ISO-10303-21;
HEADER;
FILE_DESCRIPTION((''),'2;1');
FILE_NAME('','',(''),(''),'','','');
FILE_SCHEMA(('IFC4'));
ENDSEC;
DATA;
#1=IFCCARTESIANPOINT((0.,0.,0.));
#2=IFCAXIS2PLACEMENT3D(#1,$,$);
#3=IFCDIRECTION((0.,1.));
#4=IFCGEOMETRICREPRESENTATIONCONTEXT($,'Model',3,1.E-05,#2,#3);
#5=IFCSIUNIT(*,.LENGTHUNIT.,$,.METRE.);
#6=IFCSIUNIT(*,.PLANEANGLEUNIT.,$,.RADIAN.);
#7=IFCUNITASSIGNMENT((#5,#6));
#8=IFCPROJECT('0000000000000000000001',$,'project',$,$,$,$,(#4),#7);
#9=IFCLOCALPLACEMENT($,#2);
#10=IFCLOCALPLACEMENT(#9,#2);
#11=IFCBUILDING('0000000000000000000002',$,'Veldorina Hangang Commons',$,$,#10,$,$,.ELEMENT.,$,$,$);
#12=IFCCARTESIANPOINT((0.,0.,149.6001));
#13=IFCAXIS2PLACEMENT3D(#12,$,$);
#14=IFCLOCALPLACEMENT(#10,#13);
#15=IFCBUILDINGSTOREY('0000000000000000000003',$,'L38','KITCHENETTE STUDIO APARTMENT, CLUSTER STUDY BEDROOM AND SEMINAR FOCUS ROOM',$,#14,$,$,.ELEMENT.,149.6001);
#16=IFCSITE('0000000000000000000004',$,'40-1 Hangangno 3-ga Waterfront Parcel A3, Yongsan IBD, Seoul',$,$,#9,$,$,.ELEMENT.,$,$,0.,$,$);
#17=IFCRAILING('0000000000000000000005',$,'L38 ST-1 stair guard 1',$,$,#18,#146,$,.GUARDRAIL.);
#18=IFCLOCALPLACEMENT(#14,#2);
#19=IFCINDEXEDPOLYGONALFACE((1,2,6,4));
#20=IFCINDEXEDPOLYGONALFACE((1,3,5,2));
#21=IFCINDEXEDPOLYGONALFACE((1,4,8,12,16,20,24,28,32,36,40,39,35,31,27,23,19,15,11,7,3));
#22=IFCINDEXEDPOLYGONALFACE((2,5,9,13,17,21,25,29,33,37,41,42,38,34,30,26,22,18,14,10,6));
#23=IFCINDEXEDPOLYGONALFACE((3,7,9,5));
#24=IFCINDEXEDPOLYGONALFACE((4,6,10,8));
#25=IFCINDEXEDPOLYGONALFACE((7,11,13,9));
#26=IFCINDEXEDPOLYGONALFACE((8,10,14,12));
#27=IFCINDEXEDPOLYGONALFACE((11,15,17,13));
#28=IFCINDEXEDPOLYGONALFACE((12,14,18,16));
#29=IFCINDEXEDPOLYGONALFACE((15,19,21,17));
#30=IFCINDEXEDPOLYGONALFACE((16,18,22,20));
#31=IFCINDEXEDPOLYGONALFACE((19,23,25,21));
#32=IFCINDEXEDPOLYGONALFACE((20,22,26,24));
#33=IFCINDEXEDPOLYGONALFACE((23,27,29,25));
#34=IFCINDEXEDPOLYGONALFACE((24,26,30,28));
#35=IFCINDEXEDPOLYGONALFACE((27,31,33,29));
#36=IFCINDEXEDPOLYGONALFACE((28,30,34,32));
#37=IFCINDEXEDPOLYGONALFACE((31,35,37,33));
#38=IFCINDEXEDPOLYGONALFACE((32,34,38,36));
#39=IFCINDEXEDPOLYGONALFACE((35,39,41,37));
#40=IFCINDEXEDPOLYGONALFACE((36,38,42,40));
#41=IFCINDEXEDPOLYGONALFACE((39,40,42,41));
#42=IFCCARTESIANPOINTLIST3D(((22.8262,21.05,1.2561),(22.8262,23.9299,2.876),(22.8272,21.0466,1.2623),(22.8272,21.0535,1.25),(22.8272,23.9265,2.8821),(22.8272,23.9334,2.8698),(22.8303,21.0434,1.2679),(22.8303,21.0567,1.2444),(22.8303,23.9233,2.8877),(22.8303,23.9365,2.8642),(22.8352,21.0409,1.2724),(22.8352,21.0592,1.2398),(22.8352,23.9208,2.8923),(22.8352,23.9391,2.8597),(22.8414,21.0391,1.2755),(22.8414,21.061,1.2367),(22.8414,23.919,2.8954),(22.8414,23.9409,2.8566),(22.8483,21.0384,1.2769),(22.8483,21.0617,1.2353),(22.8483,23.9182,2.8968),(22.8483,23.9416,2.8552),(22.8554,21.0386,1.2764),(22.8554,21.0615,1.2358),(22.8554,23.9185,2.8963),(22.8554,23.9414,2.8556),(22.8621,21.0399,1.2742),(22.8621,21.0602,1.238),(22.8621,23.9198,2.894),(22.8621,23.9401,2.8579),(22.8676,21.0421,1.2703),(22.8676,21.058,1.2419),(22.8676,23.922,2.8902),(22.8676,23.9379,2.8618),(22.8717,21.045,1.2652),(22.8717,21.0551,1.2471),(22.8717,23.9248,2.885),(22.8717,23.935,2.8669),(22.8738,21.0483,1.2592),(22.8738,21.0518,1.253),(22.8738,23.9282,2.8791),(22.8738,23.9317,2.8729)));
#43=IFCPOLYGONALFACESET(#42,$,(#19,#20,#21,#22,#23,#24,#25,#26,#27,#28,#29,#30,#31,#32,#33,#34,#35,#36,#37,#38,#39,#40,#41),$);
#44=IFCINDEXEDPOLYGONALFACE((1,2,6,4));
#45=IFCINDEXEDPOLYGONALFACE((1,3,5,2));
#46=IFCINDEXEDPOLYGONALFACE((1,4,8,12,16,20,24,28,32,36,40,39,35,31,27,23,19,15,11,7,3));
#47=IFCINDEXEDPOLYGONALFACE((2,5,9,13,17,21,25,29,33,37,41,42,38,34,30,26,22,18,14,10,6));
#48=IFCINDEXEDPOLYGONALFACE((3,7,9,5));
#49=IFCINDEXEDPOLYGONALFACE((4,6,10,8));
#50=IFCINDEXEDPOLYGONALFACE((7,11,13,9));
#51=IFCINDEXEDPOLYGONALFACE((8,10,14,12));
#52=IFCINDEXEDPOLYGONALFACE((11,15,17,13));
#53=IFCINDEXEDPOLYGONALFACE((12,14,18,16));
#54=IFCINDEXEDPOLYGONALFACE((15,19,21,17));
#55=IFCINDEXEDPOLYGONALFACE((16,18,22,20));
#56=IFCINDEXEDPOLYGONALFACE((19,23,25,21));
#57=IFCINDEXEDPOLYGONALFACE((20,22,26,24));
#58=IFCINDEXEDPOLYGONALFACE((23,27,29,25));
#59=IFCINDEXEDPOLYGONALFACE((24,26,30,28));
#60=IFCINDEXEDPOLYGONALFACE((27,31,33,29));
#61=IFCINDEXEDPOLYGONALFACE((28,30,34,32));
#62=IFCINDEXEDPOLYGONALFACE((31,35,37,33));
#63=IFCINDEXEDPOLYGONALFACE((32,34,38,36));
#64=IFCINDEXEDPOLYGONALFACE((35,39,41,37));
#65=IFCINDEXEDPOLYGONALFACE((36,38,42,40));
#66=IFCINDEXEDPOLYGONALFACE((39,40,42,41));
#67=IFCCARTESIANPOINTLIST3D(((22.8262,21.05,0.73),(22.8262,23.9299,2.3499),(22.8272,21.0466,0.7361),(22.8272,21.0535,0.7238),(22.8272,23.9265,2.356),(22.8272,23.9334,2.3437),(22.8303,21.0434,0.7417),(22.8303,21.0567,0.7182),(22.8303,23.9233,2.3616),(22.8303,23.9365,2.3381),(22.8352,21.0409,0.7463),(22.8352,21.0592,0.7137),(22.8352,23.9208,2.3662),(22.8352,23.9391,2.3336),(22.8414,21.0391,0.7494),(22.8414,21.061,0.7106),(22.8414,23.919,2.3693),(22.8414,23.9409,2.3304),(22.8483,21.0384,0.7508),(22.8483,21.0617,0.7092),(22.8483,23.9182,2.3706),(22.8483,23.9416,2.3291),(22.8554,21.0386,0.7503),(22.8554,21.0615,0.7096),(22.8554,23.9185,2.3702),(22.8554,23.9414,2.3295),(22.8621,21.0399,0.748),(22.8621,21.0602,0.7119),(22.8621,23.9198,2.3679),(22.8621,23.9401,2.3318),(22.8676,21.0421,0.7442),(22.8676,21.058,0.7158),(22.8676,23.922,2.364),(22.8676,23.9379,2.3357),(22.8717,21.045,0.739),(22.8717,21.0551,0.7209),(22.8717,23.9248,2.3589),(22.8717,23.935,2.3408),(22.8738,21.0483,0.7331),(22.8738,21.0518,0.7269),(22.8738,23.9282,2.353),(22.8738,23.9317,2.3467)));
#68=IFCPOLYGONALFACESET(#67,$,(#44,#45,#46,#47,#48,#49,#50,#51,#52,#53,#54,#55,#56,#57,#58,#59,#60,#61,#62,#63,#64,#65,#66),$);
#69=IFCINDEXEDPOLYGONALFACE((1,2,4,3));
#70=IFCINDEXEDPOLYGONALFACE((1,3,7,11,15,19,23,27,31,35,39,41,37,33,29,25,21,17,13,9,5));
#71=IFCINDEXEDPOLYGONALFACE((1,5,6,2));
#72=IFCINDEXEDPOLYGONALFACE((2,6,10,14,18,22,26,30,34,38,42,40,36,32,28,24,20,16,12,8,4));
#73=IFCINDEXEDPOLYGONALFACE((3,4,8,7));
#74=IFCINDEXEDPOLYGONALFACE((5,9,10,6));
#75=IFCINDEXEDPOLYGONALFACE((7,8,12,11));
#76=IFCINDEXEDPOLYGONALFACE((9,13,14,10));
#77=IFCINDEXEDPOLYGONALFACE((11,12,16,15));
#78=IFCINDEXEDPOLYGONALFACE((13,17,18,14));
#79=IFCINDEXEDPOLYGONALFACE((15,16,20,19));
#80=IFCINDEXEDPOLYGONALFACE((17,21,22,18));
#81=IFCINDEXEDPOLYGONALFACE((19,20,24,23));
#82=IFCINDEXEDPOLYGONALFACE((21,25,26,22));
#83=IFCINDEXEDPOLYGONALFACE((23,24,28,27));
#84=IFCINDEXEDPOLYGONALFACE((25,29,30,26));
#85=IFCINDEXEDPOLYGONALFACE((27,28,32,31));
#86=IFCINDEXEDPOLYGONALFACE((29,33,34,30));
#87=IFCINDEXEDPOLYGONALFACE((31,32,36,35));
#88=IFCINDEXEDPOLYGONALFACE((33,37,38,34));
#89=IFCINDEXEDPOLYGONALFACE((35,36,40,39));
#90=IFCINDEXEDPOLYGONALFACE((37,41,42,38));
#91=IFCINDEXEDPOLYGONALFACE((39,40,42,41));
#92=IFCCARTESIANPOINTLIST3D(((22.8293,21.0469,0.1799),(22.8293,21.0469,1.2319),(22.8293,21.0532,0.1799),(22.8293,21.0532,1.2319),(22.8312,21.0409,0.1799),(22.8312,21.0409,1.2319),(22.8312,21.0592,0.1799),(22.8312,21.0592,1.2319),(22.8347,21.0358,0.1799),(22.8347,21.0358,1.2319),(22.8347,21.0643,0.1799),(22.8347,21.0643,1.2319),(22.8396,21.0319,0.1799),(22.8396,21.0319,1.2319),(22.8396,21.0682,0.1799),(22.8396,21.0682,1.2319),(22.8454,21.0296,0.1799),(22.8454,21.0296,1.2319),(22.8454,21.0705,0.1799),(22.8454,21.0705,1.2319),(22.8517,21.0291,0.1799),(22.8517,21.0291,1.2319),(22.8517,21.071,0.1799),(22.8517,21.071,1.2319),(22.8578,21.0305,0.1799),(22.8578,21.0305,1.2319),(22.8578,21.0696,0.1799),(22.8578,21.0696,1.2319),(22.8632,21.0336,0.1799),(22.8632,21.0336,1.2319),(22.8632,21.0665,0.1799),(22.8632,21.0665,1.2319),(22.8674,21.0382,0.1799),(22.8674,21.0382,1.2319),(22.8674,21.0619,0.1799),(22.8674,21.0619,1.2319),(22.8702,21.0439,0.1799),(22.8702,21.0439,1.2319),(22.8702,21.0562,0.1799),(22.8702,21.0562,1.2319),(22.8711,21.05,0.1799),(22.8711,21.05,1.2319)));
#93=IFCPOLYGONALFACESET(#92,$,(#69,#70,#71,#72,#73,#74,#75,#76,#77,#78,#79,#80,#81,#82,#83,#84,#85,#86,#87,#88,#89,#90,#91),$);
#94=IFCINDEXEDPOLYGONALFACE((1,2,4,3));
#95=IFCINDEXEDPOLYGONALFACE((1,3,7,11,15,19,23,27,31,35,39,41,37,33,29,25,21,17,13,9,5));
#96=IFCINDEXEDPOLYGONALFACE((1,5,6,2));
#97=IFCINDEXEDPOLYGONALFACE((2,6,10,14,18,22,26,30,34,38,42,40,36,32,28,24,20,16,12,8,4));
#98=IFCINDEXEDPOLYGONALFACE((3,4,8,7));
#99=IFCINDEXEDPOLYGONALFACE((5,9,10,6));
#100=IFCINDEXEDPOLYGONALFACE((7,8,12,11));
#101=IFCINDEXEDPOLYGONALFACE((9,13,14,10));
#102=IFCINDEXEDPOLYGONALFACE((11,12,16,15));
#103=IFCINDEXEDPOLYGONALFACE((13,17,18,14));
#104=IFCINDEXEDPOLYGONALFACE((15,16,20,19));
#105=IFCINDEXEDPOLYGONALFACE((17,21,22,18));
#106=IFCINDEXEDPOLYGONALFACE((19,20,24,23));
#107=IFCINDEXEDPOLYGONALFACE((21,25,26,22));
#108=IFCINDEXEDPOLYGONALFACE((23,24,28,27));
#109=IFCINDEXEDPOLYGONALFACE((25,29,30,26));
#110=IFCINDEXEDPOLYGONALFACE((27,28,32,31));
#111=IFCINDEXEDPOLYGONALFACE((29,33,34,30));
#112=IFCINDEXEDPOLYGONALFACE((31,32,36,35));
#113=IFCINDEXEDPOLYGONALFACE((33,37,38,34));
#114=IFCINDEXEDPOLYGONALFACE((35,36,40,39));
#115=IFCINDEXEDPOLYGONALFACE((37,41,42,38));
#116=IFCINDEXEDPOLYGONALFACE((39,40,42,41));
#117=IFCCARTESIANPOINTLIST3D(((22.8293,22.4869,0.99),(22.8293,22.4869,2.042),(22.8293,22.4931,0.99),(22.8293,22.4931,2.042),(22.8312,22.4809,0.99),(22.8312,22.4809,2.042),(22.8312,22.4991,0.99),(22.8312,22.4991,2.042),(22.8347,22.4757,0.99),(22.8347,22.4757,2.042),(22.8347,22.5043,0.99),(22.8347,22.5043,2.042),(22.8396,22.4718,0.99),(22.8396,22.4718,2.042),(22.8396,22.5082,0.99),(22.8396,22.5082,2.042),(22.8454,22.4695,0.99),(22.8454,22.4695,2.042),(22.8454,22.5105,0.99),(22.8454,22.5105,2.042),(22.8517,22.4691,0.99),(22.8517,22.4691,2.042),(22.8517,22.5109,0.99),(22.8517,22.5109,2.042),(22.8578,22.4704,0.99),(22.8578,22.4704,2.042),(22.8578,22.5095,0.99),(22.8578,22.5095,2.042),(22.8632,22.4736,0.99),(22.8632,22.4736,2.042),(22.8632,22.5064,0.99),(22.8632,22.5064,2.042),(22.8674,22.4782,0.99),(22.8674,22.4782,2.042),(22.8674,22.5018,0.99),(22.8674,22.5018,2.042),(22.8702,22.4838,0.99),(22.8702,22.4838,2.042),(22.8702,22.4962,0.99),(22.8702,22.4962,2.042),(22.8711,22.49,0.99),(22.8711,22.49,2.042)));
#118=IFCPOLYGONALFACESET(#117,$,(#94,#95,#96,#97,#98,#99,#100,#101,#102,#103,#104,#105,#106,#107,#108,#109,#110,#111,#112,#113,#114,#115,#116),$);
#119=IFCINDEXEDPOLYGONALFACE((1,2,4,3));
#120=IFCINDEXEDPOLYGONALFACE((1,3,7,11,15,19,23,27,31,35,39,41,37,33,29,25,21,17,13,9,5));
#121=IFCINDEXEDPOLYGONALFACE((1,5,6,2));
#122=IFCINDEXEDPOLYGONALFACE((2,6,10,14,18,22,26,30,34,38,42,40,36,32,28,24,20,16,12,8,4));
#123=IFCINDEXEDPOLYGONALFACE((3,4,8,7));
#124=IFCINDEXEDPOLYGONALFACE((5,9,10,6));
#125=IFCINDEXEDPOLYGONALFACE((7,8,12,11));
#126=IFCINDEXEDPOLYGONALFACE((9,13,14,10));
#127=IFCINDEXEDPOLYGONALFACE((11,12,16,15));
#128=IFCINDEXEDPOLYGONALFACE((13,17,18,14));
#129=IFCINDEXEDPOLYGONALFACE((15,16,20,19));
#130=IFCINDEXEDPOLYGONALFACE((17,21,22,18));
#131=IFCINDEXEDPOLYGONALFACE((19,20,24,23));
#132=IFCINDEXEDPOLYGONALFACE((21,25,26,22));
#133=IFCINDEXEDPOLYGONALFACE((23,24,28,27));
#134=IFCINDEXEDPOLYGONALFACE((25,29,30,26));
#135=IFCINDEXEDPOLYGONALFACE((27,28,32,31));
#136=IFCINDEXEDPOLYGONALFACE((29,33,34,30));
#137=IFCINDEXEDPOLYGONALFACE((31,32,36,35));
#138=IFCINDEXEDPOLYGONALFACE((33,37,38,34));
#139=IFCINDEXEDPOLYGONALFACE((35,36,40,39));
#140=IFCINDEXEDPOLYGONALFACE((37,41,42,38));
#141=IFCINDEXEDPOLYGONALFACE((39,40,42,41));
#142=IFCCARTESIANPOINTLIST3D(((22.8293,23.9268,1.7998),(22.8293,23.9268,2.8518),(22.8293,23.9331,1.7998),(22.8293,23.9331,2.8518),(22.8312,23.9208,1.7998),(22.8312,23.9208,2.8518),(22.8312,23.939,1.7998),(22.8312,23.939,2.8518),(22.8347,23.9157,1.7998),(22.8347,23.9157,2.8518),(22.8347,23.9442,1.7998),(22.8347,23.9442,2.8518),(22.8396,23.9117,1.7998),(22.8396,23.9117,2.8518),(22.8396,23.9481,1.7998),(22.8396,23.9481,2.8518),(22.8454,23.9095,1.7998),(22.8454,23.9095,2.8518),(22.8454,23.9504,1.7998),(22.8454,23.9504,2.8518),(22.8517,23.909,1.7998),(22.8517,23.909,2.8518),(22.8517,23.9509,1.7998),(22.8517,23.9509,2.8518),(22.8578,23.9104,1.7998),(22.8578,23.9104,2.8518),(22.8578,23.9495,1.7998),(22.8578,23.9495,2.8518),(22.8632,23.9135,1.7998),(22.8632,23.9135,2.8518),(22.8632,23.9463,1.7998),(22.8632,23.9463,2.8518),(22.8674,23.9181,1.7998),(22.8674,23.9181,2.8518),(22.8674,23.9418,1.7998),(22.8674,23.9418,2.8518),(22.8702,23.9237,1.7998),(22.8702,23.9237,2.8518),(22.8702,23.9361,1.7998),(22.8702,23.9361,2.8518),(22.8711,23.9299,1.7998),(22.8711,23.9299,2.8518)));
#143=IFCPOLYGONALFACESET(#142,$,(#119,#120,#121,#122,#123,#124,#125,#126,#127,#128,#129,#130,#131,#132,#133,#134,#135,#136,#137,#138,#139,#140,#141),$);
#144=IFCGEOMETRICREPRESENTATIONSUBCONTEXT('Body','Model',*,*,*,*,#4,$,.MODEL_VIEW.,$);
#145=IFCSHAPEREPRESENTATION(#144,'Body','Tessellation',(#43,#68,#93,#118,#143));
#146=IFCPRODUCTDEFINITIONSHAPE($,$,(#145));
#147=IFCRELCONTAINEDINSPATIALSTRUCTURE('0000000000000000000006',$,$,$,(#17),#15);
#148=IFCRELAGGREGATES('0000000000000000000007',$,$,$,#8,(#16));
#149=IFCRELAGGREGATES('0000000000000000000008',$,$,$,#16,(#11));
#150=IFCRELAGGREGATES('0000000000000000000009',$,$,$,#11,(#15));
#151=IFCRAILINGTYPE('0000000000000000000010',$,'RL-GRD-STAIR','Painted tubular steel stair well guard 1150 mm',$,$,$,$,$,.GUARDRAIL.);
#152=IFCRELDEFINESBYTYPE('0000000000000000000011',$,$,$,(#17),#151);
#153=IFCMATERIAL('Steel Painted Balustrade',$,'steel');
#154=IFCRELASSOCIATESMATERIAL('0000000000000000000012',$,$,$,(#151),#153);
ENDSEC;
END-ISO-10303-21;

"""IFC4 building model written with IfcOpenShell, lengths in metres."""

from ifc_helpers import new_model, si_unit, direction, frame, origin, origin_2d, place, context, subcontext, project, spatial, circle, extrude, material, type_object, element, save


model = new_model("IFC4")

# Units and contexts
model_context = context("Model", 3, precision=1e-05, world=origin(), true_north=direction((0.0, 1.0)))
body_context = subcontext(model_context, "Body", "Model", "MODEL_VIEW")
ifc_project = project(units=[si_unit("LENGTHUNIT", "METRE"), si_unit("PLANEANGLEUNIT", "RADIAN")], contexts=[model_context])

# Site, building, storey
site_placement = place(None, origin())
site = spatial("IfcSite", under=ifc_project, at=site_placement, Name="40-1 Hangangno 3-ga Waterfront Parcel A3, Yongsan IBD, Seoul", CompositionType="ELEMENT", RefElevation=0.0)
building_placement = place(site_placement, origin())
building = spatial("IfcBuilding", under=site, at=building_placement, Name="Veldorina Hangang Commons", CompositionType="ELEMENT")
storey_placement = place(building_placement, frame((0.0, 0.0, 149.6001)))
storey = spatial("IfcBuildingStorey", under=building, at=storey_placement, Name="L38", Description="KITCHENETTE STUDIO APARTMENT, CLUSTER STUDY BEDROOM AND SEMINAR FOCUS ROOM", CompositionType="ELEMENT", Elevation=149.6001)

# Railing
ifc_material_1 = material(Name="Steel Painted Balustrade", Category="steel")
railing_type_1 = type_object("IfcRailingType", Name="RL-GRD-STAIR", Description="Painted tubular steel stair well guard 1150 mm", PredefinedType="GUARDRAIL", material=ifc_material_1)
railing_1_placement = place(storey_placement, frame((22.8501, 21.05, 0.1799)))
element("IfcRailing", 1, at=railing_1_placement, inside=storey, type_object=railing_type_1, Name="L38 ST-1 stair guard 1", PredefinedType="GUARDRAIL", context=body_context, shape_type="SweptSolid", body=[
    extrude(circle(Radius=0.0239, at=origin_2d()), frame((0.0, 0.0, 1.0762), z_axis=(0.0, 0.871583, 0.490247), x_axis=(-1.0, 0.0, 0.0)), (0.0, 0.0, 1.0), 3.3042),
    extrude(circle(Radius=0.0239, at=origin_2d()), frame((0.0, 0.0, 0.55), z_axis=(0.0, 0.871583, 0.490247), x_axis=(-1.0, 0.0, 0.0)), (0.0, 0.0, 1.0), 3.3042),
    extrude(circle(Radius=0.021, at=origin_2d()), origin(), (0.0, 0.0, 1.0), 1.052),
    extrude(circle(Radius=0.021, at=origin_2d()), frame((0.0, 1.4399, 0.8101)), (0.0, 0.0, 1.0), 1.052),
    extrude(circle(Radius=0.021, at=origin_2d()), frame((0.0, 2.8799, 1.6199)), (0.0, 0.0, 1.0), 1.052),
])

save(model, "model.ifc")
